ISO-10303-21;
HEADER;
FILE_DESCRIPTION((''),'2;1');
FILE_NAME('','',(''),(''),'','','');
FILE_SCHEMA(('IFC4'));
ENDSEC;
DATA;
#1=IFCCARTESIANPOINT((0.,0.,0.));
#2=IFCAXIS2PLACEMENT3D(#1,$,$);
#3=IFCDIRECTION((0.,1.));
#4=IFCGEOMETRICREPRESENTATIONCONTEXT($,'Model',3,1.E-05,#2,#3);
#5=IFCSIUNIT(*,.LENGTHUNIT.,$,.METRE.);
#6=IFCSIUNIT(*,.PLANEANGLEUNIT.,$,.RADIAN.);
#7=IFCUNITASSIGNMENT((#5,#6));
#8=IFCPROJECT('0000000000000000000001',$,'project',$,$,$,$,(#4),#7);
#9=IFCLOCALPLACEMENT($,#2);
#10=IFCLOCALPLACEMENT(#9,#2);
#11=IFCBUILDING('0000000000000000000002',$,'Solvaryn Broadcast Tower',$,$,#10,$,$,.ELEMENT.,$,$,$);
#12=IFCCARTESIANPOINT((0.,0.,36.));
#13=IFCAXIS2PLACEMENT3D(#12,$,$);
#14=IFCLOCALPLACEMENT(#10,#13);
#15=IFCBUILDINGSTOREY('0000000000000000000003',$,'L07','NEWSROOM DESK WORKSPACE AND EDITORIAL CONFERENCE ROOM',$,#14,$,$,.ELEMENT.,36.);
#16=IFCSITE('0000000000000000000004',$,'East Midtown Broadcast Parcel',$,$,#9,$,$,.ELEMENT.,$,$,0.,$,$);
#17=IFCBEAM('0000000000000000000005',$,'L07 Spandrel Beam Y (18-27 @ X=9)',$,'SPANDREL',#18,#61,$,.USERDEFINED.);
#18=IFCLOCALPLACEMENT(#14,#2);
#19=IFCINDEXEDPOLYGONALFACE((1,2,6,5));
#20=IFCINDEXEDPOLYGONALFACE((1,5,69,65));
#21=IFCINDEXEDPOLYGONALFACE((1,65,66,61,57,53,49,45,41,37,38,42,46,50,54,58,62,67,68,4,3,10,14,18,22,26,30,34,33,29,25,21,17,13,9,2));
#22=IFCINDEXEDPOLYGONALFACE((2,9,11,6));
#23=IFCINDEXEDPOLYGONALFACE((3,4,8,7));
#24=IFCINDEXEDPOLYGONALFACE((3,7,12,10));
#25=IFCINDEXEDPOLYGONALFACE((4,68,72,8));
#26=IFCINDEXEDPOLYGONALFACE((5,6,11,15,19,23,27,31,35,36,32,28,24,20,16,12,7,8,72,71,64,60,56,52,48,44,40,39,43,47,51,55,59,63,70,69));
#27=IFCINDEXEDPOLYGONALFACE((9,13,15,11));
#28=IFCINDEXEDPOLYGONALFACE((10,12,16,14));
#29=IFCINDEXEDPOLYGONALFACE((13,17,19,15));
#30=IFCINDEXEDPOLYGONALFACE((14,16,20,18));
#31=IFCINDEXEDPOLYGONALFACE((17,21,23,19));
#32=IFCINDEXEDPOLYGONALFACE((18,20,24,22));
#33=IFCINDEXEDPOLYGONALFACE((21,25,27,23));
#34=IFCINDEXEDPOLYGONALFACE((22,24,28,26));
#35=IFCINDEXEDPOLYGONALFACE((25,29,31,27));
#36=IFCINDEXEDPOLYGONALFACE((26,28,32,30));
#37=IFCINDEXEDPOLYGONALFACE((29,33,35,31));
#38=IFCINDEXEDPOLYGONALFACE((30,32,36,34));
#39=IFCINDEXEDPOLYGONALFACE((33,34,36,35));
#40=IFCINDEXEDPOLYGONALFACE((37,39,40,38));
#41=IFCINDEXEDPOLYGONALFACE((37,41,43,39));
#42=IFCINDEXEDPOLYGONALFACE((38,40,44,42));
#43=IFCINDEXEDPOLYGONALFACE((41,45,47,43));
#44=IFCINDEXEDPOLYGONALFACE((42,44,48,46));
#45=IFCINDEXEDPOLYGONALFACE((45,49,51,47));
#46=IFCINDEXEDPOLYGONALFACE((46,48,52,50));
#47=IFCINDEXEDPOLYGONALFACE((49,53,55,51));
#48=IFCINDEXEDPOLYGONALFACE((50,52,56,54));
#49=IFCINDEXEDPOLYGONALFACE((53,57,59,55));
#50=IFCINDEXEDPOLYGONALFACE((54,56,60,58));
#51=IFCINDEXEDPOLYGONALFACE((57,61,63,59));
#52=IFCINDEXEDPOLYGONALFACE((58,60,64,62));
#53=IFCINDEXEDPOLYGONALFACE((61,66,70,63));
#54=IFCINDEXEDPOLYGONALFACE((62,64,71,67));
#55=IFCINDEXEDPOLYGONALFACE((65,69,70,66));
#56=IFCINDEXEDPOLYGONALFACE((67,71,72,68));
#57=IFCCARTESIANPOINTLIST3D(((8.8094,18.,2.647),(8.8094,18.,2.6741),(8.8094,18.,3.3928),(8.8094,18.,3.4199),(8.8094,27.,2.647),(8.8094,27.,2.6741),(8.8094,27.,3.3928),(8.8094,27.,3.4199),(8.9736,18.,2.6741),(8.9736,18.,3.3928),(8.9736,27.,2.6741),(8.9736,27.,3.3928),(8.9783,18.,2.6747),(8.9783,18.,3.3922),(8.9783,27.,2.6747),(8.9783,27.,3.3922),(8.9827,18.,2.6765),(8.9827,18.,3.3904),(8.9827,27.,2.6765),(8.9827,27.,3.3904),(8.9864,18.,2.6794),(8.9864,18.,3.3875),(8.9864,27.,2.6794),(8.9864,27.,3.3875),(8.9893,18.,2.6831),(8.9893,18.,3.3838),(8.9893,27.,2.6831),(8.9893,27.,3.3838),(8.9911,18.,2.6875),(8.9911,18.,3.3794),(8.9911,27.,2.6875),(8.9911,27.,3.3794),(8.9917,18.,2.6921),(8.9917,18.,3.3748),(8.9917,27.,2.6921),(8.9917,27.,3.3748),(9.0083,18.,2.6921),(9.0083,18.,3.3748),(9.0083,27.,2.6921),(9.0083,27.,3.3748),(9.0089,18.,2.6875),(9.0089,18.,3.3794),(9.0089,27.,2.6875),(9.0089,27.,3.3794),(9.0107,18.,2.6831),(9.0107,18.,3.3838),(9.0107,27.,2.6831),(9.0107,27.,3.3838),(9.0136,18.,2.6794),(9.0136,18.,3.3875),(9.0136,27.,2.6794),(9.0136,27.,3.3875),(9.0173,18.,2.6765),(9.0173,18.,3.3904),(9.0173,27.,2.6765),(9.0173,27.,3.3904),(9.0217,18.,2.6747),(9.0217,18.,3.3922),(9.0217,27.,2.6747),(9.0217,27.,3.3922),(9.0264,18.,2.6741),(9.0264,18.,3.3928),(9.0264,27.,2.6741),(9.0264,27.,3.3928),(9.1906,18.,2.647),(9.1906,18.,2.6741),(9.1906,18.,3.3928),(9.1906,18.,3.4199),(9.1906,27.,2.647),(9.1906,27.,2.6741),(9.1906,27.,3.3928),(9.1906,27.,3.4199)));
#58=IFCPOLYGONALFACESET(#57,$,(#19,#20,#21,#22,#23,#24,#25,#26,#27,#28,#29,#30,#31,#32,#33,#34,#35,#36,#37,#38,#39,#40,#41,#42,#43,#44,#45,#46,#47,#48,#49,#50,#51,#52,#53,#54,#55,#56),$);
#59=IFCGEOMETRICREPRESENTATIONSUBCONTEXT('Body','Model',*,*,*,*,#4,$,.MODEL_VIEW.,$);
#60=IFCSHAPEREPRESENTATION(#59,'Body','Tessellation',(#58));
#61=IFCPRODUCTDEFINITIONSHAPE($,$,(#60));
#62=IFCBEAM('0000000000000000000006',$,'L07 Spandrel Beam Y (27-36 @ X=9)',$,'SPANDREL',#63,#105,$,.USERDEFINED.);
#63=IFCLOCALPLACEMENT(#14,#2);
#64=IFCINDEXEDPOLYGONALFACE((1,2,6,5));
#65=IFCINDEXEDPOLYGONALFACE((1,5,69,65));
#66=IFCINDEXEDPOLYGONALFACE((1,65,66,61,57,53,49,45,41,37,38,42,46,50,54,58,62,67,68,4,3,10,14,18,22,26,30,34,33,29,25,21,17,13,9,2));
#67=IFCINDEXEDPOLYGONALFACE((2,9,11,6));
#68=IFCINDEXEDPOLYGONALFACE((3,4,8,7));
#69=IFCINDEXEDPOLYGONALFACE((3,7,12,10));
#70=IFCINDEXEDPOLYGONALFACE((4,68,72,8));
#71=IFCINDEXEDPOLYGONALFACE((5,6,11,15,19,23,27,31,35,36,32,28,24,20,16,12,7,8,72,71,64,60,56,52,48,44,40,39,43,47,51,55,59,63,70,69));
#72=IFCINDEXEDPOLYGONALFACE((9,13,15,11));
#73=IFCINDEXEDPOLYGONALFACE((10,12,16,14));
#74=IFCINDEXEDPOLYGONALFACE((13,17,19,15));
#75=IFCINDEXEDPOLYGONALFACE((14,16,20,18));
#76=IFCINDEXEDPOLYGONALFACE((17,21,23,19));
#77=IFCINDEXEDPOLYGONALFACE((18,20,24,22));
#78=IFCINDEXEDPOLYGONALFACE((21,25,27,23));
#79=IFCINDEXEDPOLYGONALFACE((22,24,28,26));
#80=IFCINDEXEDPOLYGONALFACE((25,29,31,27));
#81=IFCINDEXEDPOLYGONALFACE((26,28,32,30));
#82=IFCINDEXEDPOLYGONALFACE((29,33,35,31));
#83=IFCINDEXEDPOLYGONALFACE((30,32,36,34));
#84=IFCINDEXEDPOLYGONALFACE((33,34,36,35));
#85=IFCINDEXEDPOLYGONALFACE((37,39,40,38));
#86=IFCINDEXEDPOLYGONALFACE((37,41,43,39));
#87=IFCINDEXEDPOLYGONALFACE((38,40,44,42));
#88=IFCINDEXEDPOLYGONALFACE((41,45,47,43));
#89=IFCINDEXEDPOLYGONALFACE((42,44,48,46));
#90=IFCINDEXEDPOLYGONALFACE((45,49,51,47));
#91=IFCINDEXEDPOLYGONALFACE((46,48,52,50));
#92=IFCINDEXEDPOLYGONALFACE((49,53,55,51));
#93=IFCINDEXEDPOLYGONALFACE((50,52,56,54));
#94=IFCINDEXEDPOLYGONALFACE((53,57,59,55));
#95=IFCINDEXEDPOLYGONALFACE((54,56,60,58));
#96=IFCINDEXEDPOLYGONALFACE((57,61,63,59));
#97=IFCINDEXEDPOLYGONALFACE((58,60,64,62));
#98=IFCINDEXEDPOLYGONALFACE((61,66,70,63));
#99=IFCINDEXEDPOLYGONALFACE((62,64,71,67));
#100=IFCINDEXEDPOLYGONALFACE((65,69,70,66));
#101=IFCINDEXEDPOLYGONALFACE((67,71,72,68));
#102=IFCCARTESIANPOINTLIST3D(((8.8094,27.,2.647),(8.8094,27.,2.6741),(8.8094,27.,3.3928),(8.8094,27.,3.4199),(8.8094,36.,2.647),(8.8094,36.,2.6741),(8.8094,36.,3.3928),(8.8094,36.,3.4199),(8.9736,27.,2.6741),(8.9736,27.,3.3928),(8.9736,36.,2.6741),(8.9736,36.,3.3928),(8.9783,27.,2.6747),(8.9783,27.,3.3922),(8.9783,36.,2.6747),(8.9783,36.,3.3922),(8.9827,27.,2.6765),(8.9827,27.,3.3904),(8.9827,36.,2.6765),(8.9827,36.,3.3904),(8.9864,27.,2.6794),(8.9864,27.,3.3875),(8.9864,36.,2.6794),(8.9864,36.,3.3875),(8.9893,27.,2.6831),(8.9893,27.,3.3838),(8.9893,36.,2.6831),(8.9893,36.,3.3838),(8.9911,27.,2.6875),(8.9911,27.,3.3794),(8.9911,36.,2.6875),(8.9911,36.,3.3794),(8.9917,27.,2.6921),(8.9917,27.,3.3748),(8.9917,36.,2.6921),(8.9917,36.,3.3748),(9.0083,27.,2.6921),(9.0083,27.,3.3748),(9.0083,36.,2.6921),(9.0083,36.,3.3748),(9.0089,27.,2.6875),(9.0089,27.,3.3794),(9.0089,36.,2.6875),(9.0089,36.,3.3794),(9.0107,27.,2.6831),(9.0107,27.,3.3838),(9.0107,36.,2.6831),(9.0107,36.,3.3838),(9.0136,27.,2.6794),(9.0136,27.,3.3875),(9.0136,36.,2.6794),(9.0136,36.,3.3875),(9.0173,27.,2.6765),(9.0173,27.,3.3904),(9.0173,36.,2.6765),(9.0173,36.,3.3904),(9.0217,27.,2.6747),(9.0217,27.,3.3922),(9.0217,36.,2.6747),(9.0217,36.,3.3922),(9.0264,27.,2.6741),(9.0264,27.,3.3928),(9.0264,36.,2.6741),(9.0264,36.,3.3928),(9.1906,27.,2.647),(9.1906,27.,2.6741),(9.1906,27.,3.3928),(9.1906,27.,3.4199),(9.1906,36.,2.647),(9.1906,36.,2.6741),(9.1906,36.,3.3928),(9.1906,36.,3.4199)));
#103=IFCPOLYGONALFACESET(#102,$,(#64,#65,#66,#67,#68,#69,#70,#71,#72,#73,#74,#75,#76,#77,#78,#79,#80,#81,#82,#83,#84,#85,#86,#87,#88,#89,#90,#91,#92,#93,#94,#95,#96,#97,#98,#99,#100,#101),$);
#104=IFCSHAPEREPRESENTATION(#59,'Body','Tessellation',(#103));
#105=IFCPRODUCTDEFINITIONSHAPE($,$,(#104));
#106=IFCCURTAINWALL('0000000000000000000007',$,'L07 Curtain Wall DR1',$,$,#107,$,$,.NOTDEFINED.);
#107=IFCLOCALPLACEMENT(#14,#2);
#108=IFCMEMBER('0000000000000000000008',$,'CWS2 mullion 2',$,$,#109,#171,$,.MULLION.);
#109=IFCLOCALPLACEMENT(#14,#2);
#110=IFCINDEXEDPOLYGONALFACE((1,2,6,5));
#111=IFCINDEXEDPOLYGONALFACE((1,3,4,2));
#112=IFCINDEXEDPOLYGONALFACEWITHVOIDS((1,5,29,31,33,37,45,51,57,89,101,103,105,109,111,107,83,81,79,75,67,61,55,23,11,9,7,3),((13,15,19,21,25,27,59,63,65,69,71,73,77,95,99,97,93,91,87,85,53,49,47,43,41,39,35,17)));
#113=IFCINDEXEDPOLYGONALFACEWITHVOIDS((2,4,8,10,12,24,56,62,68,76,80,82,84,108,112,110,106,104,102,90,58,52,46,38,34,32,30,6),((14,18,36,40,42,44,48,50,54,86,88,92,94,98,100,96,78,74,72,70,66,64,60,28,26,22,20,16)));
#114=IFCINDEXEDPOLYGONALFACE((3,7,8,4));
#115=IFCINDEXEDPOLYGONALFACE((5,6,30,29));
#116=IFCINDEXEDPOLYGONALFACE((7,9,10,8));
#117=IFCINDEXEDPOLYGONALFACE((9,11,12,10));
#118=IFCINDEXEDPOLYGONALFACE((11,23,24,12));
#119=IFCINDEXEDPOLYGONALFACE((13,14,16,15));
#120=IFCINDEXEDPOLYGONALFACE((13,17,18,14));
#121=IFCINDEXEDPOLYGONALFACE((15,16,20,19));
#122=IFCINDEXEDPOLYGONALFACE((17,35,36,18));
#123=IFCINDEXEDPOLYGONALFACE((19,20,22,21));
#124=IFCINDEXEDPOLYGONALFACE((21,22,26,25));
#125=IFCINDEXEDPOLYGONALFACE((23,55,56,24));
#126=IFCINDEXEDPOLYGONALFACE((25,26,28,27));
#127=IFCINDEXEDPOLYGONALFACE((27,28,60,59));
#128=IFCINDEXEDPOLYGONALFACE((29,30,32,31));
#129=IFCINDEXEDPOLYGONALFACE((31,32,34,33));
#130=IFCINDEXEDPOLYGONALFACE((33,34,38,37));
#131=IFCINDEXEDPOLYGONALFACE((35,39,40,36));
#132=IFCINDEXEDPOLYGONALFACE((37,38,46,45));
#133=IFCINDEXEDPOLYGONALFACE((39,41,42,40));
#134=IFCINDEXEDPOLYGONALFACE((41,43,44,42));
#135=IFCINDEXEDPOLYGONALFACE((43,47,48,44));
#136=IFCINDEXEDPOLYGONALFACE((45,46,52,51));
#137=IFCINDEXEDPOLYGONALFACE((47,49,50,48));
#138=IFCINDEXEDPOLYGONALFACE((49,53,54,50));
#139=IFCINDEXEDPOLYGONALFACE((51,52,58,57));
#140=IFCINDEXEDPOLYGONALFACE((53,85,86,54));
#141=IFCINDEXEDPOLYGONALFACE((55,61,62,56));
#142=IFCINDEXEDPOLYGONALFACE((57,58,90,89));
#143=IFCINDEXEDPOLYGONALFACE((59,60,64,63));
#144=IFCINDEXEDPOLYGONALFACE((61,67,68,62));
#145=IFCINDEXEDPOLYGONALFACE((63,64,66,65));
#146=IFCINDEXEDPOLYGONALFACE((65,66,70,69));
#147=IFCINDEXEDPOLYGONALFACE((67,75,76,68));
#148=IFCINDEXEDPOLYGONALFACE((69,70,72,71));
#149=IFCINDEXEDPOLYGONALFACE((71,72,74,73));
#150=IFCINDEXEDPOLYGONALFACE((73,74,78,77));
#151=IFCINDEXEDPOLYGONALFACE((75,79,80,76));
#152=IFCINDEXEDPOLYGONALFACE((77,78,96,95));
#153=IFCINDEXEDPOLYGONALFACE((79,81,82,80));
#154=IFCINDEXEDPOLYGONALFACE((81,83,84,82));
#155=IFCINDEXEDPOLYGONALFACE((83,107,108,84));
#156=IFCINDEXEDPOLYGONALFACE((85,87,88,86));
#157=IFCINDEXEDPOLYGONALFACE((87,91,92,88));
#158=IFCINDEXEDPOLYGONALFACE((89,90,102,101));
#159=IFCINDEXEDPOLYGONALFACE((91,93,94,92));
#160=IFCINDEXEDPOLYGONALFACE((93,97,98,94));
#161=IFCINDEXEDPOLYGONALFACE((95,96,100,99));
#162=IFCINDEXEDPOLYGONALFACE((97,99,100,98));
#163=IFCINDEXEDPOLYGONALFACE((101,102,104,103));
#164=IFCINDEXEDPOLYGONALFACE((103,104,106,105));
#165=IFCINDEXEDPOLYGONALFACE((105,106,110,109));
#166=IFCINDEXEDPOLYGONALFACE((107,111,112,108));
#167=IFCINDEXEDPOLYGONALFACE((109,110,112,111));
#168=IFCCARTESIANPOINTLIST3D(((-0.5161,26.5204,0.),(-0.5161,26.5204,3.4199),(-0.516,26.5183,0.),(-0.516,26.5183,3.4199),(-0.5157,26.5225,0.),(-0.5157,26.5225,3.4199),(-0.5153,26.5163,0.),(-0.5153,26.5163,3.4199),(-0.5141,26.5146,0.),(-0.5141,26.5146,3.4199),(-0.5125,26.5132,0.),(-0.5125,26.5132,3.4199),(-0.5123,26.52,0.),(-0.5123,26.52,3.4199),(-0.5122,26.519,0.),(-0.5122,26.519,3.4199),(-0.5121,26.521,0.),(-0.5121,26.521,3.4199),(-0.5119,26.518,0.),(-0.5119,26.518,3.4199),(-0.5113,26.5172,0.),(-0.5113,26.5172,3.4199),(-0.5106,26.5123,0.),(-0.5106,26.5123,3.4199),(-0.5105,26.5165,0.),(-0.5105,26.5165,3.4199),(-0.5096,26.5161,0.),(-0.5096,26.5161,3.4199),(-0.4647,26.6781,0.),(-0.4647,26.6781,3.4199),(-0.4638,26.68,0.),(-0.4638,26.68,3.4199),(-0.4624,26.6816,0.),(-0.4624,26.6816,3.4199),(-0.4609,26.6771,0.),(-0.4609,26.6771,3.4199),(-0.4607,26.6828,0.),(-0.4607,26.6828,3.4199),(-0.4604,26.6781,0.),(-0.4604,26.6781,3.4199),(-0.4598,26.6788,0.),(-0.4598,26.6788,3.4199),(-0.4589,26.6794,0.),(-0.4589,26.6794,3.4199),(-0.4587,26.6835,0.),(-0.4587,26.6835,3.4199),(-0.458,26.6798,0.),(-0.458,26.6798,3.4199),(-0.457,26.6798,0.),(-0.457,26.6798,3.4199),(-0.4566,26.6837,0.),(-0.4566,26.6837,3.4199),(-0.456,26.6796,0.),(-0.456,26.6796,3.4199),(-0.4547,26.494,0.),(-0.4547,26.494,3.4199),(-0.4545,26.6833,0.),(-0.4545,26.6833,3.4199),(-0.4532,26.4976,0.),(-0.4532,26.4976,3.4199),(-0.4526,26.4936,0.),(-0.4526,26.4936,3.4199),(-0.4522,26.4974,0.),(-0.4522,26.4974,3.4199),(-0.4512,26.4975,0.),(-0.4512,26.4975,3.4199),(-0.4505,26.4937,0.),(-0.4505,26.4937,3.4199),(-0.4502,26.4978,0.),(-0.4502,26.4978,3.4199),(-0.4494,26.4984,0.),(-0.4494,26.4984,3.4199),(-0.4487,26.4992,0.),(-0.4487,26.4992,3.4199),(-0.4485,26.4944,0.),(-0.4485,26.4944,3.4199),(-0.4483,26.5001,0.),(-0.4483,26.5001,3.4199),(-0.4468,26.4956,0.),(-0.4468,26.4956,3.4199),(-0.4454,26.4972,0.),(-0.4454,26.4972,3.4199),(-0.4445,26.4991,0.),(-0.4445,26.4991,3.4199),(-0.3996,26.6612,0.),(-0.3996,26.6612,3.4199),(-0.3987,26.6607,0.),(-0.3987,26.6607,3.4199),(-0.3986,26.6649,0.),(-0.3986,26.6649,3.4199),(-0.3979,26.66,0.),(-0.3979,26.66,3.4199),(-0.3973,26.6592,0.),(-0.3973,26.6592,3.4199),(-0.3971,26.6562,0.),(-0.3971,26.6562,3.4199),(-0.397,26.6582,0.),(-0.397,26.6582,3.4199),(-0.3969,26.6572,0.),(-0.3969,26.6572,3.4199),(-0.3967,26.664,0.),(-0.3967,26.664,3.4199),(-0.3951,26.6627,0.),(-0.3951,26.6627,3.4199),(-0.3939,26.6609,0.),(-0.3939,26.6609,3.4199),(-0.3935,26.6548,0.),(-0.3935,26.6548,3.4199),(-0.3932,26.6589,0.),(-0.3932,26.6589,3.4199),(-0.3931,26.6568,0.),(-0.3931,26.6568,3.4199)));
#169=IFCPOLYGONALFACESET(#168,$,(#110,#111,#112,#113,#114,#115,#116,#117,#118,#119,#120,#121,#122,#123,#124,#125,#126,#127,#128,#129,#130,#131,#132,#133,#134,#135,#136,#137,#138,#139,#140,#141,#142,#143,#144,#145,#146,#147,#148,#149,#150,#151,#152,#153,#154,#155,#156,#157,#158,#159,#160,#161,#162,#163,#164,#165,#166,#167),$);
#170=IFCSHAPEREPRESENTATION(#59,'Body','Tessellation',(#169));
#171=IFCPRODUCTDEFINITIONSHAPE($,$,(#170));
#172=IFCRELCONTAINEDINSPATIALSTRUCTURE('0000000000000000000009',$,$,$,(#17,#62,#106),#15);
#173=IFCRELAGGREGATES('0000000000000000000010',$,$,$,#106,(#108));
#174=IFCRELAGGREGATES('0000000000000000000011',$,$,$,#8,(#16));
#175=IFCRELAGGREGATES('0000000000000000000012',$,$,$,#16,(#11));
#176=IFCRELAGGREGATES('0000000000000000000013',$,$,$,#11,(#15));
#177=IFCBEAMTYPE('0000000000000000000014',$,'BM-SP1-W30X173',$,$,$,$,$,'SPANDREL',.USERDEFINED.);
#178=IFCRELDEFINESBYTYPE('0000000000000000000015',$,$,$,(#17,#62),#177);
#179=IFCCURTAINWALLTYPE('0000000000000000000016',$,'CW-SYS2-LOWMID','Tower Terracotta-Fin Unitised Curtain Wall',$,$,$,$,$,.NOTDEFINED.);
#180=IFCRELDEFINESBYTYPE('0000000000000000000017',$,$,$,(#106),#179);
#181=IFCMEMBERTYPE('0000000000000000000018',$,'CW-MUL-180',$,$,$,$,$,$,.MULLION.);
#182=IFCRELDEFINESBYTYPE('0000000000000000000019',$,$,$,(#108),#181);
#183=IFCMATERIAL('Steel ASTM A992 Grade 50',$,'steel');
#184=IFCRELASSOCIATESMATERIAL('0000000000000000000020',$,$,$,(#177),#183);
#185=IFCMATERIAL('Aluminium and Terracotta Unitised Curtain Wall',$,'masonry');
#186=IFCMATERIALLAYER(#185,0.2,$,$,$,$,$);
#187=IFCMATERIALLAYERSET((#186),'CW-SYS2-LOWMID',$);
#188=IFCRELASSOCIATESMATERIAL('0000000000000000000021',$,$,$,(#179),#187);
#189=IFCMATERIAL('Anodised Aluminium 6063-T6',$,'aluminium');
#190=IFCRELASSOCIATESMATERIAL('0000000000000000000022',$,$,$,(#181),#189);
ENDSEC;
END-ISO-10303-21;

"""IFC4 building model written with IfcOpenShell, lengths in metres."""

from ifc_helpers import new_model, si_unit, direction, frame, origin, origin_2d, place, context, subcontext, project, spatial, hollow_rectangle, i_section, extrude, material, layer, layer_set, material_profile, profile_set, type_object, element, aggregate, save


model = new_model("IFC4")

# Units and contexts
model_context = context("Model", 3, precision=1e-05, world=origin(), true_north=direction((0.0, 1.0)))
body_context = subcontext(model_context, "Body", "Model", "MODEL_VIEW")
ifc_project = project(units=[si_unit("LENGTHUNIT", "METRE"), si_unit("PLANEANGLEUNIT", "RADIAN")], contexts=[model_context])

# Site, building, storey
site_placement = place(None, origin())
site = spatial("IfcSite", under=ifc_project, at=site_placement, Name="East Midtown Broadcast Parcel", CompositionType="ELEMENT", RefElevation=0.0)
building_placement = place(site_placement, origin())
building = spatial("IfcBuilding", under=site, at=building_placement, Name="Solvaryn Broadcast Tower", CompositionType="ELEMENT")
storey_placement = place(building_placement, frame((0.0, 0.0, 36.0)))
storey = spatial("IfcBuildingStorey", under=building, at=storey_placement, Name="L07", Description="NEWSROOM DESK WORKSPACE AND EDITORIAL CONFERENCE ROOM", CompositionType="ELEMENT", Elevation=36.0)

# Beams
ifc_material_1 = material(Name="Steel ASTM A992 Grade 50", Category="steel")
ifc_material_profile_1 = material_profile(ifc_material_1, i_section(OverallWidth=0.3811, OverallDepth=0.7729, WebThickness=0.0166, FlangeThickness=0.0271, FilletRadius=0.0181, at=origin_2d()))
ifc_profile_set_1 = profile_set([ifc_material_profile_1], Name="Steel ASTM A992 Grade 50")
beam_type_1 = type_object("IfcBeamType", Name="BM-SP1-W30X173", ElementType="SPANDREL", PredefinedType="USERDEFINED", material=ifc_profile_set_1)
for number, where, z_axis, x_axis, name in (
    (1, (9.0, 18.0, 3.0334), (0.0, 1.0, 0.0), (-1.0, 0.0, 0.0), "L07 Spandrel Beam Y (18-27 @ X=9)"),
    (2, (9.0, 27.0, 3.0334), (0.0, 1.0, 0.0), (-1.0, 0.0, 0.0), "L07 Spandrel Beam Y (27-36 @ X=9)"),
):
    element("IfcBeam", number, at=place(storey_placement, frame(where, z_axis=z_axis, x_axis=x_axis)), inside=storey, type_object=beam_type_1, Name=name, ObjectType="SPANDREL", PredefinedType="USERDEFINED", context=body_context, shape_type="SweptSolid", body=[
        extrude(i_section(OverallWidth=0.3811, OverallDepth=0.7729, WebThickness=0.0166, FlangeThickness=0.0271, FilletRadius=0.0181, at=origin_2d()), origin(), (0.0, 0.0, 1.0), 9.0),
    ])

# Curtain wall, member
ifc_material_2 = material(Name="Aluminium and Terracotta Unitised Curtain Wall", Category="masonry")
ifc_layer_1 = layer(ifc_material_2, 0.2)
ifc_layer_set_1 = layer_set([ifc_layer_1], Name="CW-SYS2-LOWMID")
curtain_wall_type_1 = type_object("IfcCurtainWallType", Name="CW-SYS2-LOWMID", Description="Tower Terracotta-Fin Unitised Curtain Wall", PredefinedType="NOTDEFINED", material=ifc_layer_set_1)
curtain_wall_1_placement = place(storey_placement, origin())
curtain_wall_1 = element("IfcCurtainWall", 3, at=curtain_wall_1_placement, inside=storey, type_object=curtain_wall_type_1, Name="L07 Curtain Wall DR1", PredefinedType="NOTDEFINED")
ifc_material_3 = material(Name="Anodised Aluminium 6063-T6", Category="aluminium")
ifc_material_profile_2 = material_profile(ifc_material_3, hollow_rectangle(XDim=0.075, YDim=0.1799, WallThickness=0.0039, InnerFilletRadius=0.0039, OuterFilletRadius=0.0081, at=origin_2d()))
ifc_profile_set_2 = profile_set([ifc_material_profile_2], Name="Anodised Aluminium 6063-T6")
member_type_1 = type_object("IfcMemberType", Name="CW-MUL-180", PredefinedType="MULLION", material=ifc_profile_set_2)
member_1_placement = place(storey_placement, frame((-0.4546, 26.5886, 0.0), z_axis=(0.0, 0.0, 1.0), x_axis=(0.950215, -0.311594, 0.0)))
member_1 = element("IfcMember", 4, at=member_1_placement, type_object=member_type_1, Name="CWS2 mullion 2", PredefinedType="MULLION", context=body_context, shape_type="SweptSolid", body=[
    extrude(hollow_rectangle(XDim=0.075, YDim=0.1799, WallThickness=0.0039, InnerFilletRadius=0.0039, OuterFilletRadius=0.0081, at=origin_2d()), origin(), (0.0, 0.0, 1.0), 3.4199),
])
aggregate(curtain_wall_1, [member_1])

save(model, "model.ifc")
